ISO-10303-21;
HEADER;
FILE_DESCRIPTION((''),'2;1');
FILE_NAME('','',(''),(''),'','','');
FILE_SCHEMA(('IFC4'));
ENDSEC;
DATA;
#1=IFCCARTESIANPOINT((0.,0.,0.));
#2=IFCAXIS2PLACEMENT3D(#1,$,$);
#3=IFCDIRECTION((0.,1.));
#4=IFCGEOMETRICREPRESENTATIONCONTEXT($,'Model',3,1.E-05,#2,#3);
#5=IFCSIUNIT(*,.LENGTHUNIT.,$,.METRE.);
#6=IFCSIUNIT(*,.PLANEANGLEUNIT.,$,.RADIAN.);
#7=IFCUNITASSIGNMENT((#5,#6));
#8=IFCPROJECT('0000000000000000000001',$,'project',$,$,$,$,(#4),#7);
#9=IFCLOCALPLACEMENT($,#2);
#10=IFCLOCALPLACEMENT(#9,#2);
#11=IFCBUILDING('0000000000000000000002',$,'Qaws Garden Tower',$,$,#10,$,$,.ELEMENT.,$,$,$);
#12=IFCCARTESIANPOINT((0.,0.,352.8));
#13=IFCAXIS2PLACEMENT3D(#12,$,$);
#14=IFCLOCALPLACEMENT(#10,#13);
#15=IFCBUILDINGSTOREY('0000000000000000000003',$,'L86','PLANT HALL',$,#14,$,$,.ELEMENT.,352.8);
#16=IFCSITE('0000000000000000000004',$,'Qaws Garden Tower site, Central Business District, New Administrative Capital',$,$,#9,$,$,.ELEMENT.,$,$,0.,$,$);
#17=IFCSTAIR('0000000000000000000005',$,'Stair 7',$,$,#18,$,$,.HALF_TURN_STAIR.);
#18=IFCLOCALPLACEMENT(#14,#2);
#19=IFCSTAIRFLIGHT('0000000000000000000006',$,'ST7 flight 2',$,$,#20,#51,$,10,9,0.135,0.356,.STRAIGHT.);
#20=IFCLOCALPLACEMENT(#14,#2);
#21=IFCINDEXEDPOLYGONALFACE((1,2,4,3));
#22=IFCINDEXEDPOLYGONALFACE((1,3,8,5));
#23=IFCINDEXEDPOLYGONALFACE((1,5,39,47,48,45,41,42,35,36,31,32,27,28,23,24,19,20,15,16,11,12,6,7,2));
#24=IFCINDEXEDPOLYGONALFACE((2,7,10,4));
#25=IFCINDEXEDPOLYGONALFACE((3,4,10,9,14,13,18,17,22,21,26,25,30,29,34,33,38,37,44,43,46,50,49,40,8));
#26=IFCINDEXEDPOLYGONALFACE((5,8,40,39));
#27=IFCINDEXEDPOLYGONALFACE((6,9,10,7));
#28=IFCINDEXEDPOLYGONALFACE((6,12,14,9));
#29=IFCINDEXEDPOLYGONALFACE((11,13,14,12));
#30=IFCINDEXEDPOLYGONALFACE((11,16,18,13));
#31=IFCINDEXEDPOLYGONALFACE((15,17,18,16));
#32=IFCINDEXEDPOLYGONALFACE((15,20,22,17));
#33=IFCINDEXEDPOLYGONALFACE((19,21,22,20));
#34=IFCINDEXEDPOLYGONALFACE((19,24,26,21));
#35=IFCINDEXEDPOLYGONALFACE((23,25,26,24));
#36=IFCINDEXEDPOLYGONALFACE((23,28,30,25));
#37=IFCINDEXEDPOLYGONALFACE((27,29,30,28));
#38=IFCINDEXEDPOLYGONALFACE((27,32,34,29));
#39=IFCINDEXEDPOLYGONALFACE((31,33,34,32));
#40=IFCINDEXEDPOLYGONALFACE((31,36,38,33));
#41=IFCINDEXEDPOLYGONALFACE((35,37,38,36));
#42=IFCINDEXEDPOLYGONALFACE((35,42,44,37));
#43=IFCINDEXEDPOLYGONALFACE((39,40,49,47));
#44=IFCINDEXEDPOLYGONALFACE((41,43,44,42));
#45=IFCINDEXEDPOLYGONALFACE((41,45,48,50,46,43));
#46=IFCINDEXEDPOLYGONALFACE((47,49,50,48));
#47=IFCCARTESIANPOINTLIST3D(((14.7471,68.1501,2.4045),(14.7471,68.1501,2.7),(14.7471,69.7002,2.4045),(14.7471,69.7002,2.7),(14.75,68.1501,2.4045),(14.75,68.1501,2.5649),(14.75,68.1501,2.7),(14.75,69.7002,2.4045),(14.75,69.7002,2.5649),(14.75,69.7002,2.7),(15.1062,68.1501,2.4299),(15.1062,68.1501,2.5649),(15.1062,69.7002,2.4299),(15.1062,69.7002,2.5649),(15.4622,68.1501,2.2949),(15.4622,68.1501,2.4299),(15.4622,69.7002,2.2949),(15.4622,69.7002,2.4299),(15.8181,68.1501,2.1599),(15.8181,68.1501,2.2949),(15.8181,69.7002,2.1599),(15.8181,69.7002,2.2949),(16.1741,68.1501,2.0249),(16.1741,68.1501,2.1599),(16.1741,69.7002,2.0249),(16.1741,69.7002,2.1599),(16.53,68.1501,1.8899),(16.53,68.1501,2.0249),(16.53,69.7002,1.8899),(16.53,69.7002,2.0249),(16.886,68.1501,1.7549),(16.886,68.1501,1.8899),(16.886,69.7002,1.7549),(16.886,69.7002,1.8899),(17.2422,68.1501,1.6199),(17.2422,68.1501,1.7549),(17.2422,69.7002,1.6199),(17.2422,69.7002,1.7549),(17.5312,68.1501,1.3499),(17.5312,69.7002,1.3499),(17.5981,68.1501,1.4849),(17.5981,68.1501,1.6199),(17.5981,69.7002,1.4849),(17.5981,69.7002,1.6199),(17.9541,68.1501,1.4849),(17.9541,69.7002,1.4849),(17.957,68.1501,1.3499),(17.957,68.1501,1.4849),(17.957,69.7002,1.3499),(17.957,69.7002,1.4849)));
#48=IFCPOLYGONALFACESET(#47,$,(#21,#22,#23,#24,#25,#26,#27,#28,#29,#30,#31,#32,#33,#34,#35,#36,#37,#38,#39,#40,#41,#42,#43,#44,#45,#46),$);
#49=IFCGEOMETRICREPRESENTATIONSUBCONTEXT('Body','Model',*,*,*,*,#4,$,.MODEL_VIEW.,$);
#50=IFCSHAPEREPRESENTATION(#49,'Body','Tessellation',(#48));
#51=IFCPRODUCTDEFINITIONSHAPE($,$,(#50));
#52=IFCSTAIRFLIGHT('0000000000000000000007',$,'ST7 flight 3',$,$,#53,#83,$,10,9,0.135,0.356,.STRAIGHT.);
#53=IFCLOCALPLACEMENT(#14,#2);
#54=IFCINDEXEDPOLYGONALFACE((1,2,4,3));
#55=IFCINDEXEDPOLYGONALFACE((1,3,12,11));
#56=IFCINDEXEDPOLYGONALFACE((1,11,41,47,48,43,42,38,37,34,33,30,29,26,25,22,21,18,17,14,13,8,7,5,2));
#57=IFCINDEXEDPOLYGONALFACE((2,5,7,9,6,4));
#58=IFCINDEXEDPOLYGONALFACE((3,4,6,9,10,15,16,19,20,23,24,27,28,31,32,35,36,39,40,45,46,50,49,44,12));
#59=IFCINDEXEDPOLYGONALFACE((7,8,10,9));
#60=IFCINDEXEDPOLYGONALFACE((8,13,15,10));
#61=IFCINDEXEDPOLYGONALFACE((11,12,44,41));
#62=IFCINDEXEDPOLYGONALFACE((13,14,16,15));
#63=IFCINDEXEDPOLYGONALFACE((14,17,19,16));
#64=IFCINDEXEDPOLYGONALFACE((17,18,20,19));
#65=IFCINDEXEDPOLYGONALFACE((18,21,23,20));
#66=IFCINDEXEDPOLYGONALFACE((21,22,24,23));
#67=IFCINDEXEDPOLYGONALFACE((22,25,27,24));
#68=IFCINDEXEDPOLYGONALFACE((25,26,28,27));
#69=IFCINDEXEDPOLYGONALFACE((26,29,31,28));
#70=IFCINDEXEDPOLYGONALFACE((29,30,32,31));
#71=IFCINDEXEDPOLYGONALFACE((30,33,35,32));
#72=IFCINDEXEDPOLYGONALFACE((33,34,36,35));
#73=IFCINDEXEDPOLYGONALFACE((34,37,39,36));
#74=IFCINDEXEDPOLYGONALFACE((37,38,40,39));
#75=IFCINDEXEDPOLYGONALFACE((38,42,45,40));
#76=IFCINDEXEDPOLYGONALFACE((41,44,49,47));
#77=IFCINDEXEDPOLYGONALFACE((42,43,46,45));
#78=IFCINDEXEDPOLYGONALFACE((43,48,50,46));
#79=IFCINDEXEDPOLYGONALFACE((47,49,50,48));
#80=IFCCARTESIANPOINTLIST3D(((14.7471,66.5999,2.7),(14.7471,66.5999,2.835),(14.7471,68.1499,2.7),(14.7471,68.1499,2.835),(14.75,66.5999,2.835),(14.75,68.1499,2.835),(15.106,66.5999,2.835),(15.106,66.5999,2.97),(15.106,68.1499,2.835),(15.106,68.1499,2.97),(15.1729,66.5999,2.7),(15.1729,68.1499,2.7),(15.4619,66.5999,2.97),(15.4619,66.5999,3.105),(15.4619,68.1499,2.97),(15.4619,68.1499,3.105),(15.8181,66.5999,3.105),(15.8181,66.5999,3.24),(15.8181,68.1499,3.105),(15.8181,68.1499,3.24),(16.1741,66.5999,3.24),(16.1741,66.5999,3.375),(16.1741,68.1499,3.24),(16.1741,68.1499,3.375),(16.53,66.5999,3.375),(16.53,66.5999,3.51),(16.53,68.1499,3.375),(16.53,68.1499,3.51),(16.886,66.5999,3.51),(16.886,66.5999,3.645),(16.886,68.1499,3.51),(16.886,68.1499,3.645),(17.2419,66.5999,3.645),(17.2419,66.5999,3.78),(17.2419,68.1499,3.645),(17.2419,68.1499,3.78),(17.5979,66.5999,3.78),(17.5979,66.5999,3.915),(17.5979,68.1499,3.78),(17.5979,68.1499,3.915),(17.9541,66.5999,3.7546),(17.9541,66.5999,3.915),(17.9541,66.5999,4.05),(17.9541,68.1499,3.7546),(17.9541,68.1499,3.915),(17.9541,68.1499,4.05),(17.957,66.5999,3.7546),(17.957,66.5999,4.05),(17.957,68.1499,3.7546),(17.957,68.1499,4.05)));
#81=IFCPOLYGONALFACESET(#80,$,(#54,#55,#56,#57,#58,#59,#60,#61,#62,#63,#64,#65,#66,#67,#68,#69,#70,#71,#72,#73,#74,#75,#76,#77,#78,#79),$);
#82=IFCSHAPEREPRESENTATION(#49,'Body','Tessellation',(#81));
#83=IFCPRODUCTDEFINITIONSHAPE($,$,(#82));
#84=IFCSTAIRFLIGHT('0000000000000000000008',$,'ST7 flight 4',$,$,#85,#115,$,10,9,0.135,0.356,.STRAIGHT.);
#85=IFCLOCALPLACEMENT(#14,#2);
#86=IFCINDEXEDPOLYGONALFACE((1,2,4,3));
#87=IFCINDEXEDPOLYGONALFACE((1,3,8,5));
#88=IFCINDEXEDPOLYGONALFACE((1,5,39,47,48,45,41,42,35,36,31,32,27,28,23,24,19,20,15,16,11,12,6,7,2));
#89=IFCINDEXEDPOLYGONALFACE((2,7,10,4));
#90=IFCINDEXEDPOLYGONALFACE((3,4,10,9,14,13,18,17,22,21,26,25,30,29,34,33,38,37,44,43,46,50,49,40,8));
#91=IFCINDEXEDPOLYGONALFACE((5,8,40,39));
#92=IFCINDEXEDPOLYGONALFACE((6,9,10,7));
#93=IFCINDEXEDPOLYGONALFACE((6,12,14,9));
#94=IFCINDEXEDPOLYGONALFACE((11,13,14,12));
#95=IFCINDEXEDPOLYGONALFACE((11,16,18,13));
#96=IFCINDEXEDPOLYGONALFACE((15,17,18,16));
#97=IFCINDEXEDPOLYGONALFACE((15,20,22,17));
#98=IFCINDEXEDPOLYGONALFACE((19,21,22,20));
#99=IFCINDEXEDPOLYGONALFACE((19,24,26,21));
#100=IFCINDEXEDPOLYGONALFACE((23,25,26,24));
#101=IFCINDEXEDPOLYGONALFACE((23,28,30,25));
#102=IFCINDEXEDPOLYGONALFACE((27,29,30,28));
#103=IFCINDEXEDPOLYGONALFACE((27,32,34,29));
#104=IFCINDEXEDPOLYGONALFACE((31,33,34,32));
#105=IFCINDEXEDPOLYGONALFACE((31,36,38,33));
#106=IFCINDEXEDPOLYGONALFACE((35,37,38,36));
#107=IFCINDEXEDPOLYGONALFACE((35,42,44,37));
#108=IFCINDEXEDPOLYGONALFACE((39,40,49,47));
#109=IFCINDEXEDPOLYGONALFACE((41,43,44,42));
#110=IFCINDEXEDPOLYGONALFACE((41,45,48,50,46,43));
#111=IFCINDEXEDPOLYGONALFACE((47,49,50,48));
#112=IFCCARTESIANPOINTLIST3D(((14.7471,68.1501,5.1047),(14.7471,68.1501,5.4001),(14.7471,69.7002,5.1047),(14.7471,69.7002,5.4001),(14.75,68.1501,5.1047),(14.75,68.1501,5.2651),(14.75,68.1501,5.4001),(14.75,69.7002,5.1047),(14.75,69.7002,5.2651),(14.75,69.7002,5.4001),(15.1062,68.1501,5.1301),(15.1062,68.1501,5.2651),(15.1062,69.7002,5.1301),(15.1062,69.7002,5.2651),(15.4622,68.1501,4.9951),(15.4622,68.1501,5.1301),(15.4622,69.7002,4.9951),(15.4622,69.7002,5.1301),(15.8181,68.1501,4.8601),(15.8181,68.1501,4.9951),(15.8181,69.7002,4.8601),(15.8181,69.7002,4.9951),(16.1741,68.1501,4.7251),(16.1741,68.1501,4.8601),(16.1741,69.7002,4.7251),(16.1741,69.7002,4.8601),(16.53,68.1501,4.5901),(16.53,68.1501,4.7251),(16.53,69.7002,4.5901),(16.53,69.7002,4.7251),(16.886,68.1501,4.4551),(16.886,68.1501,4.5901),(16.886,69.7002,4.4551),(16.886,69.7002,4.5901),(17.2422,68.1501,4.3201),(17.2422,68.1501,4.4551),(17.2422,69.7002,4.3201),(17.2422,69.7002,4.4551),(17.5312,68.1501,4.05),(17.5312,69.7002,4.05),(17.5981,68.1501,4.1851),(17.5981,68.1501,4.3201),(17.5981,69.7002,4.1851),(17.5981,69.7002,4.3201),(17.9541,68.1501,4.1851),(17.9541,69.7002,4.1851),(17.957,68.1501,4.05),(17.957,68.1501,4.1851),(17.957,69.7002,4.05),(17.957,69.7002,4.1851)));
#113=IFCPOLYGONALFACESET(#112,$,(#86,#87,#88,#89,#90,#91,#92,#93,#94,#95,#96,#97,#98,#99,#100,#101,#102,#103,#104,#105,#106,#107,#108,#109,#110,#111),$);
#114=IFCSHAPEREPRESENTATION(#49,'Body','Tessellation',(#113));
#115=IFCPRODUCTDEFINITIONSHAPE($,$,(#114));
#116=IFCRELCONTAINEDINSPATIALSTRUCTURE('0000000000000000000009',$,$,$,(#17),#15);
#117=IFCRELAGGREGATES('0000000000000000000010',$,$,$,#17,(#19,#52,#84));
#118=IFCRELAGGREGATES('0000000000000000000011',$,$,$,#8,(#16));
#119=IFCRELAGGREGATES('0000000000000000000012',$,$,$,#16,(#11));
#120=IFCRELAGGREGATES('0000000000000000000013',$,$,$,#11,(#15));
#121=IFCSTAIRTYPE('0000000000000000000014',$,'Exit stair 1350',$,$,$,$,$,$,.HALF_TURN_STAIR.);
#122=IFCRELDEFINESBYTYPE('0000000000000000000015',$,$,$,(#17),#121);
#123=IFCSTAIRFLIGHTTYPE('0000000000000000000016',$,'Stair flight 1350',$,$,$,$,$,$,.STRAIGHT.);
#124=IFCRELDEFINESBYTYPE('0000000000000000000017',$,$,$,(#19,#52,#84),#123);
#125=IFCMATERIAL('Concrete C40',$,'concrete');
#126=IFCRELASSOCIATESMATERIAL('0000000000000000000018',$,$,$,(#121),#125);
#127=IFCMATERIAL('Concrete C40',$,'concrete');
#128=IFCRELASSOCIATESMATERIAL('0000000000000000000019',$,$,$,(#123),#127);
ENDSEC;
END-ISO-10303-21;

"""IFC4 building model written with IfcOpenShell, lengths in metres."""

from ifc_helpers import new_model, si_unit, direction, frame, origin, place, context, subcontext, project, spatial, polyline, outline, extrude, material, type_object, element, aggregate, save


model = new_model("IFC4")

# Units and contexts
model_context = context("Model", 3, precision=1e-05, world=origin(), true_north=direction((0.0, 1.0)))
body_context = subcontext(model_context, "Body", "Model", "MODEL_VIEW")
ifc_project = project(units=[si_unit("LENGTHUNIT", "METRE"), si_unit("PLANEANGLEUNIT", "RADIAN")], contexts=[model_context])

# Site, building, storey
site_placement = place(None, origin())
site = spatial("IfcSite", under=ifc_project, at=site_placement, Name="Qaws Garden Tower site, Central Business District, New Administrative Capital", CompositionType="ELEMENT", RefElevation=0.0)
building_placement = place(site_placement, origin())
building = spatial("IfcBuilding", under=site, at=building_placement, Name="Qaws Garden Tower", CompositionType="ELEMENT")
storey_placement = place(building_placement, frame((0.0, 0.0, 352.8)))
storey = spatial("IfcBuildingStorey", under=building, at=storey_placement, Name="L86", Description="PLANT HALL", CompositionType="ELEMENT", Elevation=352.8)

# Shared definitions
placement_1 = place(storey_placement, origin())

# Stair, stair flights
ifc_material_1 = material(Name="Concrete C40", Category="concrete")
stair_type = type_object("IfcStairType", Name="Exit stair 1350", PredefinedType="HALF_TURN_STAIR", material=ifc_material_1)
stair = element("IfcStair", 1, at=placement_1, inside=storey, type_object=stair_type, Name="Stair 7", PredefinedType="HALF_TURN_STAIR")
ifc_material_2 = material(Name="Concrete C40", Category="concrete")
stair_flight_type = type_object("IfcStairFlightType", Name="Stair flight 1350", PredefinedType="STRAIGHT", material=ifc_material_2)
stair_flight_1_placement = place(storey_placement, frame((17.9541, 68.925, 1.3499), z_axis=(0.0, 0.0, 1.0), x_axis=(-1.0, 0.0, 0.0)))
stair_flight_1 = element("IfcStairFlight", 2, at=stair_flight_1_placement, type_object=stair_flight_type, Name="ST7 flight 2", NumberOfRisers=10, NumberOfTreads=9, PredefinedType="STRAIGHT", RiserHeight=0.135, TreadLength=0.356, context=body_context, shape_type="SweptSolid", body=[
    extrude(outline(polyline([(-0.0029, 0.0), (-0.0029, 0.135), (0.0, 0.135), (0.356, 0.135), (0.356, 0.27), (0.7119, 0.27), (0.7119, 0.405), (1.0681, 0.405), (1.0681, 0.54), (1.4241, 0.54), (1.4241, 0.675), (1.78, 0.675), (1.78, 0.8101), (2.136, 0.8101), (2.136, 0.9451), (2.4919, 0.9451), (2.4919, 1.0801), (2.8479, 1.0801), (2.8479, 1.2151), (3.2041, 1.2151), (3.2041, 1.3501), (3.207, 1.3501), (3.207, 1.0547), (3.2041, 1.0547), (0.4229, 0.0), (-0.0029, 0.0)])), frame((0.0, 0.7749, 0.0), z_axis=(0.0, -1.0, 0.0), x_axis=(1.0, 0.0, 0.0)), (0.0, 0.0, 1.0), 1.55),
])
stair_flight_2_placement = place(storey_placement, frame((14.75, 67.375, 2.7), z_axis=(0.0, 0.0, 1.0), x_axis=(1.0, 0.0, 0.0)))
stair_flight_2 = element("IfcStairFlight", 3, at=stair_flight_2_placement, type_object=stair_flight_type, Name="ST7 flight 3", NumberOfRisers=10, NumberOfTreads=9, PredefinedType="STRAIGHT", RiserHeight=0.135, TreadLength=0.356, context=body_context, shape_type="SweptSolid", body=[
    extrude(outline(polyline([(-0.0029, 0.0), (-0.0029, 0.135), (0.0, 0.135), (0.356, 0.135), (0.356, 0.27), (0.7119, 0.27), (0.7119, 0.405), (1.0681, 0.405), (1.0681, 0.54), (1.4241, 0.54), (1.4241, 0.675), (1.78, 0.675), (1.78, 0.8101), (2.136, 0.8101), (2.136, 0.9451), (2.4919, 0.9451), (2.4919, 1.0801), (2.8479, 1.0801), (2.8479, 1.2151), (3.2041, 1.2151), (3.2041, 1.3501), (3.207, 1.3501), (3.207, 1.0547), (3.2041, 1.0547), (0.4229, 0.0), (-0.0029, 0.0)])), frame((0.0, 0.7749, 0.0), z_axis=(0.0, -1.0, 0.0), x_axis=(1.0, 0.0, 0.0)), (0.0, 0.0, 1.0), 1.55),
])
stair_flight_3_placement = place(storey_placement, frame((17.9541, 68.925, 4.05), z_axis=(0.0, 0.0, 1.0), x_axis=(-1.0, 0.0, 0.0)))
stair_flight_3 = element("IfcStairFlight", 4, at=stair_flight_3_placement, type_object=stair_flight_type, Name="ST7 flight 4", NumberOfRisers=10, NumberOfTreads=9, PredefinedType="STRAIGHT", RiserHeight=0.135, TreadLength=0.356, context=body_context, shape_type="SweptSolid", body=[
    extrude(outline(polyline([(-0.0029, 0.0), (-0.0029, 0.135), (0.0, 0.135), (0.356, 0.135), (0.356, 0.27), (0.7119, 0.27), (0.7119, 0.405), (1.0681, 0.405), (1.0681, 0.54), (1.4241, 0.54), (1.4241, 0.675), (1.78, 0.675), (1.78, 0.8101), (2.136, 0.8101), (2.136, 0.9451), (2.4919, 0.9451), (2.4919, 1.0801), (2.8479, 1.0801), (2.8479, 1.2151), (3.2041, 1.2151), (3.2041, 1.3501), (3.207, 1.3501), (3.207, 1.0547), (3.2041, 1.0547), (0.4229, 0.0), (-0.0029, 0.0)])), frame((0.0, 0.7749, 0.0), z_axis=(0.0, -1.0, 0.0), x_axis=(1.0, 0.0, 0.0)), (0.0, 0.0, 1.0), 1.55),
])
aggregate(stair, [stair_flight_1, stair_flight_2, stair_flight_3])

save(model, "model.ifc")
